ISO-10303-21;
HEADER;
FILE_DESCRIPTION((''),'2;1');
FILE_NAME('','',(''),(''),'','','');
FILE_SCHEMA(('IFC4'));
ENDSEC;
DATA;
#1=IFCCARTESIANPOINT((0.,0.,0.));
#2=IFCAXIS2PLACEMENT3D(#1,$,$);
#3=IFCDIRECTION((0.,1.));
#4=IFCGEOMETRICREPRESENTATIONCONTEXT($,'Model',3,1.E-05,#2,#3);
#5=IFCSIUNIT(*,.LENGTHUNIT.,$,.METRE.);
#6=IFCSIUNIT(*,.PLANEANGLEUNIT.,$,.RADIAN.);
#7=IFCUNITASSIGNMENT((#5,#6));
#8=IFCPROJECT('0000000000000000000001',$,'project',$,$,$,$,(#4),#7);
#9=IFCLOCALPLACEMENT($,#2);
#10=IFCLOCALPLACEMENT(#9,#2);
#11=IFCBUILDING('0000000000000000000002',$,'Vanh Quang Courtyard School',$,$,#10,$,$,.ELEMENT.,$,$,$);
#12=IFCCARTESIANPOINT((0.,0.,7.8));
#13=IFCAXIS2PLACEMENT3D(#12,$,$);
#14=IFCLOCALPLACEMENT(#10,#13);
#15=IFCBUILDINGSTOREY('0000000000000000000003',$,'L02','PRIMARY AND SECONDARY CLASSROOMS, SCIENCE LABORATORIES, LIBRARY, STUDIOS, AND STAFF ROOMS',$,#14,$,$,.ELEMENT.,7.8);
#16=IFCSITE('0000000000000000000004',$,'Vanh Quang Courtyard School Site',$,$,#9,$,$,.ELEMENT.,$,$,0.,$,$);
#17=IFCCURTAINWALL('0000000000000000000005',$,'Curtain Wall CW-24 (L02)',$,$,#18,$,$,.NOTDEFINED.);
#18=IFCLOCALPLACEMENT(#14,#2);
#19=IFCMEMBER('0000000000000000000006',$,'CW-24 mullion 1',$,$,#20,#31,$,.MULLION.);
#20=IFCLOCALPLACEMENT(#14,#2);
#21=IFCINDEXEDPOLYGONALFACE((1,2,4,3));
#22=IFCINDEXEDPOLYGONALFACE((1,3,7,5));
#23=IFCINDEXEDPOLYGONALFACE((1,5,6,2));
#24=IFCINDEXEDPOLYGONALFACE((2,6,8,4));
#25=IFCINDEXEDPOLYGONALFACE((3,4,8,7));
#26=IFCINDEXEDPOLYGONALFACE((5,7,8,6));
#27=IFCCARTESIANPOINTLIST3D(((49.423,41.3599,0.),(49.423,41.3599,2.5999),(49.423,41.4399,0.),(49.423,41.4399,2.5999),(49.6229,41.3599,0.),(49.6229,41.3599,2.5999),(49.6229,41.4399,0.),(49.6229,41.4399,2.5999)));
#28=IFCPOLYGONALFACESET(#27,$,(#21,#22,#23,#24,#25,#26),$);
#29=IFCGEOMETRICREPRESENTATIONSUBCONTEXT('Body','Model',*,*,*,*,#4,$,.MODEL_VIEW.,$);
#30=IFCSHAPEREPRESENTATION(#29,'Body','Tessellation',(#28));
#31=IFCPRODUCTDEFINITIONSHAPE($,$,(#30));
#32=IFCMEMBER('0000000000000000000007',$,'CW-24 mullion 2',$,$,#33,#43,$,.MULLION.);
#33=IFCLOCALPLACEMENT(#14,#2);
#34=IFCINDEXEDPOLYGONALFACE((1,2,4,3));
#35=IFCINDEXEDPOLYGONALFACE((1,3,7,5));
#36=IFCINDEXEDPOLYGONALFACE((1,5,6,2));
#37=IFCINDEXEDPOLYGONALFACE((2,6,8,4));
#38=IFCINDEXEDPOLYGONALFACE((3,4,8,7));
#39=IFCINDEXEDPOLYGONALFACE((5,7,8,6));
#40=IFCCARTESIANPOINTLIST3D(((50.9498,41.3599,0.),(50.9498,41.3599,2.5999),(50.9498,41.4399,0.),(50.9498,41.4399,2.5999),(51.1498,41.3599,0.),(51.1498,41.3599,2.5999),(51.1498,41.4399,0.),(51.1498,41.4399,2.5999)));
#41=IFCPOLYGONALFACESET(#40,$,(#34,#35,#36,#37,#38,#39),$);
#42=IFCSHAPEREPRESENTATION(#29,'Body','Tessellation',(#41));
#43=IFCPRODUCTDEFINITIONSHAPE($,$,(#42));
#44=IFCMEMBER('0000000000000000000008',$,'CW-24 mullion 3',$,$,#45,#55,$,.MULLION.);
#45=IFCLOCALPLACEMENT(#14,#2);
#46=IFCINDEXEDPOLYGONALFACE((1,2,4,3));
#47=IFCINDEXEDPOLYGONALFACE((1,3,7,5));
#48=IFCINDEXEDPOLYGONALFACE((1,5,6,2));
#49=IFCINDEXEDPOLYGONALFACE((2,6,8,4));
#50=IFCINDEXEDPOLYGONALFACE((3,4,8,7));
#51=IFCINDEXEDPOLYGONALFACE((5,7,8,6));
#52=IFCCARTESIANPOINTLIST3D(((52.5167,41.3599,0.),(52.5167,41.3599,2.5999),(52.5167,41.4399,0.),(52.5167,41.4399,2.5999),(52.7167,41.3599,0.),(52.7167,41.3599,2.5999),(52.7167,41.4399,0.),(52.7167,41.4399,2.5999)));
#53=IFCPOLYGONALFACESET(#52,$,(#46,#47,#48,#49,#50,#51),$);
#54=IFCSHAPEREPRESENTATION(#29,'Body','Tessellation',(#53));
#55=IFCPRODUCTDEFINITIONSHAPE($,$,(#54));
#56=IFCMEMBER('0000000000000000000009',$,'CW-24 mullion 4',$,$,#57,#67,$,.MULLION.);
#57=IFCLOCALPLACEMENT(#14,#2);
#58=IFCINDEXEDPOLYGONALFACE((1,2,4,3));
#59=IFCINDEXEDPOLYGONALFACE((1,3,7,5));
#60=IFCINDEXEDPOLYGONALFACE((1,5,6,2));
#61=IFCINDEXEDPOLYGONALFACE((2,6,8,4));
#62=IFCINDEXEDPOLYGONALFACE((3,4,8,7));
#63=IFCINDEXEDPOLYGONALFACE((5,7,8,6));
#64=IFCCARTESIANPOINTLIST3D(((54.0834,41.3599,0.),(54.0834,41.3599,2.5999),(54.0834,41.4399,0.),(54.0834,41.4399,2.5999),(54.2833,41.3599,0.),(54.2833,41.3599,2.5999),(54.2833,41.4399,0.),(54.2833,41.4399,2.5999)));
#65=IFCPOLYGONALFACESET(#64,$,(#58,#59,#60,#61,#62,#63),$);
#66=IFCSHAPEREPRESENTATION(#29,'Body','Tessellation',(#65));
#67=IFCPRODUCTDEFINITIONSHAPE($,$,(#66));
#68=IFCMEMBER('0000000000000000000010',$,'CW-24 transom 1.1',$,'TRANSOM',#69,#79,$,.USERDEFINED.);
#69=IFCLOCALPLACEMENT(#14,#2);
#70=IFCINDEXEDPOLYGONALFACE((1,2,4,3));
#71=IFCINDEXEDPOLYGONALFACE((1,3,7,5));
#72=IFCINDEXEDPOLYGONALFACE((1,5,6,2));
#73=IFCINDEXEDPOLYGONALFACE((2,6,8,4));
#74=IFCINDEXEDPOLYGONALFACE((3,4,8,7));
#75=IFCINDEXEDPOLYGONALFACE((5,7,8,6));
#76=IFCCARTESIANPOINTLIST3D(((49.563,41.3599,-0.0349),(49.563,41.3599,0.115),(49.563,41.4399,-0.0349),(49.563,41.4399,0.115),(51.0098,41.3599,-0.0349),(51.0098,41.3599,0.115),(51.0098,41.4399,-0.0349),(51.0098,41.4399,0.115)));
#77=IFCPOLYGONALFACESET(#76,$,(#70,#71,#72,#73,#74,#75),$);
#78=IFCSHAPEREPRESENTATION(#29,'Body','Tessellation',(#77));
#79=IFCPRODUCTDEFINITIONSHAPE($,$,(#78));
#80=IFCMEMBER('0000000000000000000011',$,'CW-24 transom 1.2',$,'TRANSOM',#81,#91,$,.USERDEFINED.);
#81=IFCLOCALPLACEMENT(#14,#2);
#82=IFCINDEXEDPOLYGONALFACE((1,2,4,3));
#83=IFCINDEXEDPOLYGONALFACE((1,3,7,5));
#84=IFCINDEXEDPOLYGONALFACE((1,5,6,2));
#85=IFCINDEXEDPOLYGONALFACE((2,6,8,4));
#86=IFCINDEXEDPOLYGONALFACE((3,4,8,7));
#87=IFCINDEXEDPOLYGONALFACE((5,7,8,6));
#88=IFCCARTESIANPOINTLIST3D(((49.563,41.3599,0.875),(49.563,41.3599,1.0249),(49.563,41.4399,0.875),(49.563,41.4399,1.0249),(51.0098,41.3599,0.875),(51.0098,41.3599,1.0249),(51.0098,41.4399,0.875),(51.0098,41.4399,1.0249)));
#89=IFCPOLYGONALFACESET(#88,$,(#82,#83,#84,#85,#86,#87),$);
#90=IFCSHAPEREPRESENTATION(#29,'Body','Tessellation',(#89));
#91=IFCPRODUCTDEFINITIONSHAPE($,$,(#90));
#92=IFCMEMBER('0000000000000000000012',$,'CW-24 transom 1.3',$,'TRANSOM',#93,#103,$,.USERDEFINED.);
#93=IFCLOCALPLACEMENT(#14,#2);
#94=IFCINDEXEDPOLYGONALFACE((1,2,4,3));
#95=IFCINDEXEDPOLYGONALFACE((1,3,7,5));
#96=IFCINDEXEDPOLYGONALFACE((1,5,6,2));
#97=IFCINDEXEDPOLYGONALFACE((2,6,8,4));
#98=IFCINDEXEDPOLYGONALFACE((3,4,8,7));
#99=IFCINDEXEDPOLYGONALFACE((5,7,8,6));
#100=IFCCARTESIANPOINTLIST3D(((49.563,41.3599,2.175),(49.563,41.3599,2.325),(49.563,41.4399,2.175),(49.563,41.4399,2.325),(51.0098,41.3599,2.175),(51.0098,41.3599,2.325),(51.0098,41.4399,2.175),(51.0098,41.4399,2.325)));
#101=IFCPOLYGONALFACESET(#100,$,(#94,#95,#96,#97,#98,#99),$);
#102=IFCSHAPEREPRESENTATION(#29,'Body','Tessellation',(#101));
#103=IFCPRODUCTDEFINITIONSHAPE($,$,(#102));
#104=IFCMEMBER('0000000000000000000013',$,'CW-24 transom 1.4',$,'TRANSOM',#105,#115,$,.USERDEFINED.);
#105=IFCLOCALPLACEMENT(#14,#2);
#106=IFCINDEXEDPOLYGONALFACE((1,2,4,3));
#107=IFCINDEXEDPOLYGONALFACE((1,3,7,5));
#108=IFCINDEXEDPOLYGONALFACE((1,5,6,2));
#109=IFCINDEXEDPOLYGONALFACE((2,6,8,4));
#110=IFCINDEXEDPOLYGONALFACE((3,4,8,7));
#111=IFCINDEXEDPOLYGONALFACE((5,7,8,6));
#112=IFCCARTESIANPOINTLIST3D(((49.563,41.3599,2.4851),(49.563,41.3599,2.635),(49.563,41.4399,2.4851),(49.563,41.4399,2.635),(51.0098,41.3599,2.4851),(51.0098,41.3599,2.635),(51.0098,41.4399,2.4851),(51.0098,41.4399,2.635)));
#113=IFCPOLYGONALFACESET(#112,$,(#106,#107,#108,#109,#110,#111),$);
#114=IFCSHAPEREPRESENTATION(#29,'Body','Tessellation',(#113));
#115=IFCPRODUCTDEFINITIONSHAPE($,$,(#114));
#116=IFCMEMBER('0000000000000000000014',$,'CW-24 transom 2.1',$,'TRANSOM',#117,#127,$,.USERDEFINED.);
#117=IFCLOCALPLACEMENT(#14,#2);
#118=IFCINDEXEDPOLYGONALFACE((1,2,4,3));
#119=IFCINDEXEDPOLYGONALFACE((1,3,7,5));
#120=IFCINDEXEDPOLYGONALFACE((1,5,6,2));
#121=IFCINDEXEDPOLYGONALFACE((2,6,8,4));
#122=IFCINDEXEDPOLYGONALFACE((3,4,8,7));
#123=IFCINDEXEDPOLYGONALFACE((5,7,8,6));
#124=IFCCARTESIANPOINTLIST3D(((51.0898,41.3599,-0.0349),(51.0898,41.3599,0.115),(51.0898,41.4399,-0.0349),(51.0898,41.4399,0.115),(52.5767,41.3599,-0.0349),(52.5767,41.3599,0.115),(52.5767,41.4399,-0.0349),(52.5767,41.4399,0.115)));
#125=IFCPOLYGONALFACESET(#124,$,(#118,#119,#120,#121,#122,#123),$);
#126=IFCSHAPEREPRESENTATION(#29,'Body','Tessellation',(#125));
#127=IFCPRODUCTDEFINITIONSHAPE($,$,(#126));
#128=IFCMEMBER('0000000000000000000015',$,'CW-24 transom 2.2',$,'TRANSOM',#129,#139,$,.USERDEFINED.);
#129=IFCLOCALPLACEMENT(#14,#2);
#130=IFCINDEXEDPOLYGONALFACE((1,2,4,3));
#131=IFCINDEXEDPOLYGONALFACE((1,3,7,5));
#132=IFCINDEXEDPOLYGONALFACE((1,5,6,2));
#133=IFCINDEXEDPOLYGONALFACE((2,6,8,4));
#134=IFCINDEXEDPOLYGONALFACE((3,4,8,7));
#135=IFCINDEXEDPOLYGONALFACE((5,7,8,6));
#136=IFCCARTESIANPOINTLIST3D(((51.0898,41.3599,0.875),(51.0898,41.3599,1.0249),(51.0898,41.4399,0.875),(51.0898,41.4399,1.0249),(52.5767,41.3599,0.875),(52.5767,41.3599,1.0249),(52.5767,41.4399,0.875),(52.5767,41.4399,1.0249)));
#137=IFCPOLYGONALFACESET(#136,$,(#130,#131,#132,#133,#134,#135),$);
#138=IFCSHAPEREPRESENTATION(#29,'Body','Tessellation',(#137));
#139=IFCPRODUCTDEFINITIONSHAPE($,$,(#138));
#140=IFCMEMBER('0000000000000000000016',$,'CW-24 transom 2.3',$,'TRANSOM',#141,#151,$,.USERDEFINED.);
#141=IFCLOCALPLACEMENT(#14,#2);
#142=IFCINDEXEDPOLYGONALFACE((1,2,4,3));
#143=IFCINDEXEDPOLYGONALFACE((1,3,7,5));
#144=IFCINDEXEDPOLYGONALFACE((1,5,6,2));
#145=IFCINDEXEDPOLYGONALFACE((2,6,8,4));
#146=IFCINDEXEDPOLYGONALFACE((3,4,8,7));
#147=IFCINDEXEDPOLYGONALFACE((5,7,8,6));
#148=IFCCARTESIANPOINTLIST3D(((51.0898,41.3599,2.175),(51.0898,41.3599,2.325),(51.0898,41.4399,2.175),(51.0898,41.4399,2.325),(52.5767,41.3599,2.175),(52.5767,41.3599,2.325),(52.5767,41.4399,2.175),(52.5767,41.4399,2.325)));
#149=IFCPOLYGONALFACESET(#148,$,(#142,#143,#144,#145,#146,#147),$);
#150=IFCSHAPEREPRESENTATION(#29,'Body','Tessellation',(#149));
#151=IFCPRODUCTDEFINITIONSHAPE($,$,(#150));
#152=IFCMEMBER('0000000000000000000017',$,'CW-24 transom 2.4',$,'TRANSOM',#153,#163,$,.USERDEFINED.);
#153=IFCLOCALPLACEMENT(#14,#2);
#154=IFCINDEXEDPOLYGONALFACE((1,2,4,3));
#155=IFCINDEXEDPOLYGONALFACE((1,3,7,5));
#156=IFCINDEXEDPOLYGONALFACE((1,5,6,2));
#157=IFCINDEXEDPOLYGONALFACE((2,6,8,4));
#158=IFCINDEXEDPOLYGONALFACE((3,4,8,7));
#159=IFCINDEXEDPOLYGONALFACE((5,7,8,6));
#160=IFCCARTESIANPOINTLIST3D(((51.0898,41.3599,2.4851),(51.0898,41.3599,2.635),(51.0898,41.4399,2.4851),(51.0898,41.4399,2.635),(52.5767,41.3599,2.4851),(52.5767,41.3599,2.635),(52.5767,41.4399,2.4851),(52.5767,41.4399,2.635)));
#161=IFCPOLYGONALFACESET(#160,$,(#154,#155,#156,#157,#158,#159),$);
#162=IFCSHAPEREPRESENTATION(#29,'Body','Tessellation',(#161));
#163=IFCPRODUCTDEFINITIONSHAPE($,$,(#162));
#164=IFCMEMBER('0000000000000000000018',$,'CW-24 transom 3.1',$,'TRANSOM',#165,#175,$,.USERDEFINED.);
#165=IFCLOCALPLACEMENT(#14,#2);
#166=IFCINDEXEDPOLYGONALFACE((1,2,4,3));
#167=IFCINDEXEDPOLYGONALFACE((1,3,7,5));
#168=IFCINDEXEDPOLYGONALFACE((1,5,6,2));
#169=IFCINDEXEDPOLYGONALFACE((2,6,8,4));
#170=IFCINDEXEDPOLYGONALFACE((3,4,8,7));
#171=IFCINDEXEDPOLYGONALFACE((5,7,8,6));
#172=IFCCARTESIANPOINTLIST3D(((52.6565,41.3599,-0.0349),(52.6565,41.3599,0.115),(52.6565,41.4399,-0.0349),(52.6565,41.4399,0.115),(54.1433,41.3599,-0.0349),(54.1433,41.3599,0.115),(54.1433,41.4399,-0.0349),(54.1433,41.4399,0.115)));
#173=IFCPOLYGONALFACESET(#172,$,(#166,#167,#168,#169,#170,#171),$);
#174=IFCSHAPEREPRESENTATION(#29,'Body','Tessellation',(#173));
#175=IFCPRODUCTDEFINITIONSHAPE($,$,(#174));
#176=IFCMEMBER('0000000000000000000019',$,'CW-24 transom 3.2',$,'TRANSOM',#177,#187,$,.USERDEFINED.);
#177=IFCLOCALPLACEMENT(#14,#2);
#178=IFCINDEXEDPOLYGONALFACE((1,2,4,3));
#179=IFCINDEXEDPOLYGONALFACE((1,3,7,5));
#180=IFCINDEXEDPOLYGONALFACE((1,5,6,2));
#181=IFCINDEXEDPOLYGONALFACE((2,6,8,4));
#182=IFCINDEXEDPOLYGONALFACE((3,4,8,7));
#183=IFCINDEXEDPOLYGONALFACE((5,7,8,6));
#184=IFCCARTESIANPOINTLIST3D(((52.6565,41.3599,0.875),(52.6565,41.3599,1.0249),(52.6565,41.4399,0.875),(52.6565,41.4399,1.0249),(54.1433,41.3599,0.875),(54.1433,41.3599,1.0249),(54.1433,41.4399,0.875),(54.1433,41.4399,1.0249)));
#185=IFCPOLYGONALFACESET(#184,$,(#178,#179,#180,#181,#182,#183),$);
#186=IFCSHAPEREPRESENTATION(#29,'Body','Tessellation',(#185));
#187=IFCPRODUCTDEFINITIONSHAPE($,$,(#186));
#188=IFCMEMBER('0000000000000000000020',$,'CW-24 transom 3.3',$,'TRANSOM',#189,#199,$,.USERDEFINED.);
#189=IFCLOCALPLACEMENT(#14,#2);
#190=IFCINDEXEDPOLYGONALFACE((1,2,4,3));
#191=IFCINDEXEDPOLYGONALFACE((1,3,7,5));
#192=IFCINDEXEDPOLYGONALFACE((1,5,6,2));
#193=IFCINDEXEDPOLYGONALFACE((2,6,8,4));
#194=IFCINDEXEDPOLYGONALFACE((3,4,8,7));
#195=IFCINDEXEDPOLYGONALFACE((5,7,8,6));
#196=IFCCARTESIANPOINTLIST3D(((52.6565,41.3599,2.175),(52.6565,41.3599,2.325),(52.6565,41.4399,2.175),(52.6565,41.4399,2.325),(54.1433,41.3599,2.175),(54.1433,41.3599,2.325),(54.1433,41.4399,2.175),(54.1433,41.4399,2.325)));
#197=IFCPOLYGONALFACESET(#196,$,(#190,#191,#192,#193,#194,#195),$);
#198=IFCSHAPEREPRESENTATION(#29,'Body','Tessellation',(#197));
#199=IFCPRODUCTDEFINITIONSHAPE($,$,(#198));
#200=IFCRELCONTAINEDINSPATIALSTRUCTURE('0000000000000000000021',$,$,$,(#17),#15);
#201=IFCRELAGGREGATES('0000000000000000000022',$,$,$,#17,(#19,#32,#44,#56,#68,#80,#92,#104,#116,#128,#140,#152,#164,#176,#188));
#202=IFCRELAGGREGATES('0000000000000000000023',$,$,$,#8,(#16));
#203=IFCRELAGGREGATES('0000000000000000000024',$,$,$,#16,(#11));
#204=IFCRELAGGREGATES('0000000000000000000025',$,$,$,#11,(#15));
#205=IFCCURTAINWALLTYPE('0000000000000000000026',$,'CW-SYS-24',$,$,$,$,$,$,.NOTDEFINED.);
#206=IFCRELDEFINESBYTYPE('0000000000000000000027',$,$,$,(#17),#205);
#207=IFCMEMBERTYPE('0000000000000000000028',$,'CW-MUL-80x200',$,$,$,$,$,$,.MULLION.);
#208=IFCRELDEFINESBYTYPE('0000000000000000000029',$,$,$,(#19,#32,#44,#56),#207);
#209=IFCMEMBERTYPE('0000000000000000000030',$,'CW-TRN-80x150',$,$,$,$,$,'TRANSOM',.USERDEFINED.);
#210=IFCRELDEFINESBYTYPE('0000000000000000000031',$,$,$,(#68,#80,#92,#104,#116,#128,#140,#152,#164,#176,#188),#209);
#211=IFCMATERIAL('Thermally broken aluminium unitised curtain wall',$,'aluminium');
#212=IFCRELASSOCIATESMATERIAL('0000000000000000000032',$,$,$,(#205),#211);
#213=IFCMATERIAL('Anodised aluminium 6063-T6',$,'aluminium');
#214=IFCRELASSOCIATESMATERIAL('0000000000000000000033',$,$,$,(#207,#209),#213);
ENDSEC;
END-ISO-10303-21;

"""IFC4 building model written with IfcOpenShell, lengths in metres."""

from ifc_helpers import new_model, si_unit, direction, frame, origin, origin_2d, place, context, subcontext, project, spatial, rectangle, extrude, material, material_profile, profile_set, type_object, element, aggregate, save


model = new_model("IFC4")

# Units and contexts
model_context = context("Model", 3, precision=1e-05, world=origin(), true_north=direction((0.0, 1.0)))
body_context = subcontext(model_context, "Body", "Model", "MODEL_VIEW")
ifc_project = project(units=[si_unit("LENGTHUNIT", "METRE"), si_unit("PLANEANGLEUNIT", "RADIAN")], contexts=[model_context])

# Site, building, storey
site_placement = place(None, origin())
site = spatial("IfcSite", under=ifc_project, at=site_placement, Name="Vanh Quang Courtyard School Site", CompositionType="ELEMENT", RefElevation=0.0)
building_placement = place(site_placement, origin())
building = spatial("IfcBuilding", under=site, at=building_placement, Name="Vanh Quang Courtyard School", CompositionType="ELEMENT")
storey_placement = place(building_placement, frame((0.0, 0.0, 7.8)))
storey = spatial("IfcBuildingStorey", under=building, at=storey_placement, Name="L02", Description="PRIMARY AND SECONDARY CLASSROOMS, SCIENCE LABORATORIES, LIBRARY, STUDIOS, AND STAFF ROOMS", CompositionType="ELEMENT", Elevation=7.8)

# Curtain wall, members
ifc_material_1 = material(Name="Thermally broken aluminium unitised curtain wall", Category="aluminium")
curtain_wall_type = type_object("IfcCurtainWallType", Name="CW-SYS-24", PredefinedType="NOTDEFINED", material=ifc_material_1)
curtain_wall_placement = place(storey_placement, origin())
curtain_wall = element("IfcCurtainWall", 1, at=curtain_wall_placement, inside=storey, type_object=curtain_wall_type, Name="Curtain Wall CW-24 (L02)", PredefinedType="NOTDEFINED")
ifc_material_2 = material(Name="Anodised aluminium 6063-T6", Category="aluminium")
ifc_material_profile_1 = material_profile(ifc_material_2, rectangle(XDim=0.0801, YDim=0.2, at=origin_2d()), Name="ALU-MUL 80x200")
ifc_profile_set_1 = profile_set([ifc_material_profile_1], Name="Anodised aluminium 6063-T6")
member_type_1 = type_object("IfcMemberType", Name="CW-MUL-80x200", PredefinedType="MULLION", material=ifc_profile_set_1)
member_1_placement = place(storey_placement, frame((49.5229, 41.3999, 0.0), z_axis=(0.0, 0.0, 1.0), x_axis=(0.0, 1.0, 0.0)))
member_1 = element("IfcMember", 2, at=member_1_placement, type_object=member_type_1, Name="CW-24 mullion 1", PredefinedType="MULLION", context=body_context, shape_type="SweptSolid", body=[
    extrude(rectangle(XDim=0.0801, YDim=0.2, at=origin_2d()), origin(), (0.0, 0.0, 1.0), 2.5999),
])
member_2_placement = place(storey_placement, frame((51.0498, 41.3999, 0.0), z_axis=(0.0, 0.0, 1.0), x_axis=(0.0, 1.0, 0.0)))
member_2 = element("IfcMember", 3, at=member_2_placement, type_object=member_type_1, Name="CW-24 mullion 2", PredefinedType="MULLION", context=body_context, shape_type="SweptSolid", body=[
    extrude(rectangle(XDim=0.0801, YDim=0.2, at=origin_2d()), origin(), (0.0, 0.0, 1.0), 2.5999),
])
member_3_placement = place(storey_placement, frame((52.6167, 41.3999, 0.0), z_axis=(0.0, 0.0, 1.0), x_axis=(0.0, 1.0, 0.0)))
member_3 = element("IfcMember", 4, at=member_3_placement, type_object=member_type_1, Name="CW-24 mullion 3", PredefinedType="MULLION", context=body_context, shape_type="SweptSolid", body=[
    extrude(rectangle(XDim=0.0801, YDim=0.2, at=origin_2d()), origin(), (0.0, 0.0, 1.0), 2.5999),
])
member_4_placement = place(storey_placement, frame((54.1833, 41.3999, 0.0), z_axis=(0.0, 0.0, 1.0), x_axis=(0.0, 1.0, 0.0)))
member_4 = element("IfcMember", 5, at=member_4_placement, type_object=member_type_1, Name="CW-24 mullion 4", PredefinedType="MULLION", context=body_context, shape_type="SweptSolid", body=[
    extrude(rectangle(XDim=0.0801, YDim=0.2, at=origin_2d()), origin(), (0.0, 0.0, 1.0), 2.5999),
])
ifc_material_profile_2 = material_profile(ifc_material_2, rectangle(XDim=0.0801, YDim=0.1499, at=origin_2d()), Name="ALU-TRN 80x150")
ifc_profile_set_2 = profile_set([ifc_material_profile_2], Name="Anodised aluminium 6063-T6")
member_type_2 = type_object("IfcMemberType", Name="CW-TRN-80x150", ElementType="TRANSOM", PredefinedType="USERDEFINED", material=ifc_profile_set_2)
member_5_placement = place(storey_placement, frame((49.563, 41.3999, 0.04), z_axis=(1.0, 0.0, 0.0), x_axis=(0.0, 1.0, 0.0)))
member_5 = element("IfcMember", 6, at=member_5_placement, type_object=member_type_2, Name="CW-24 transom 1.1", ObjectType="TRANSOM", PredefinedType="USERDEFINED", context=body_context, shape_type="SweptSolid", body=[
    extrude(rectangle(XDim=0.0801, YDim=0.1499, at=origin_2d()), origin(), (0.0, 0.0, 1.0), 1.4468),
])
member_6_placement = place(storey_placement, frame((49.563, 41.3999, 0.95), z_axis=(1.0, 0.0, 0.0), x_axis=(0.0, 1.0, 0.0)))
member_6 = element("IfcMember", 7, at=member_6_placement, type_object=member_type_2, Name="CW-24 transom 1.2", ObjectType="TRANSOM", PredefinedType="USERDEFINED", context=body_context, shape_type="SweptSolid", body=[
    extrude(rectangle(XDim=0.0801, YDim=0.1499, at=origin_2d()), origin(), (0.0, 0.0, 1.0), 1.4468),
])
member_7_placement = place(storey_placement, frame((49.563, 41.3999, 2.25), z_axis=(1.0, 0.0, 0.0), x_axis=(0.0, 1.0, 0.0)))
member_7 = element("IfcMember", 8, at=member_7_placement, type_object=member_type_2, Name="CW-24 transom 1.3", ObjectType="TRANSOM", PredefinedType="USERDEFINED", context=body_context, shape_type="SweptSolid", body=[
    extrude(rectangle(XDim=0.0801, YDim=0.1499, at=origin_2d()), origin(), (0.0, 0.0, 1.0), 1.4468),
])
member_8_placement = place(storey_placement, frame((49.563, 41.3999, 2.5601), z_axis=(1.0, 0.0, 0.0), x_axis=(0.0, 1.0, 0.0)))
member_8 = element("IfcMember", 9, at=member_8_placement, type_object=member_type_2, Name="CW-24 transom 1.4", ObjectType="TRANSOM", PredefinedType="USERDEFINED", context=body_context, shape_type="SweptSolid", body=[
    extrude(rectangle(XDim=0.0801, YDim=0.1499, at=origin_2d()), origin(), (0.0, 0.0, 1.0), 1.4468),
])
member_9_placement = place(storey_placement, frame((51.0898, 41.3999, 0.04), z_axis=(1.0, 0.0, 0.0), x_axis=(0.0, 1.0, 0.0)))
member_9 = element("IfcMember", 10, at=member_9_placement, type_object=member_type_2, Name="CW-24 transom 2.1", ObjectType="TRANSOM", PredefinedType="USERDEFINED", context=body_context, shape_type="SweptSolid", body=[
    extrude(rectangle(XDim=0.0801, YDim=0.1499, at=origin_2d()), origin(), (0.0, 0.0, 1.0), 1.4868),
])
member_10_placement = place(storey_placement, frame((51.0898, 41.3999, 0.95), z_axis=(1.0, 0.0, 0.0), x_axis=(0.0, 1.0, 0.0)))
member_10 = element("IfcMember", 11, at=member_10_placement, type_object=member_type_2, Name="CW-24 transom 2.2", ObjectType="TRANSOM", PredefinedType="USERDEFINED", context=body_context, shape_type="SweptSolid", body=[
    extrude(rectangle(XDim=0.0801, YDim=0.1499, at=origin_2d()), origin(), (0.0, 0.0, 1.0), 1.4868),
])
member_11_placement = place(storey_placement, frame((51.0898, 41.3999, 2.25), z_axis=(1.0, 0.0, 0.0), x_axis=(0.0, 1.0, 0.0)))
member_11 = element("IfcMember", 12, at=member_11_placement, type_object=member_type_2, Name="CW-24 transom 2.3", ObjectType="TRANSOM", PredefinedType="USERDEFINED", context=body_context, shape_type="SweptSolid", body=[
    extrude(rectangle(XDim=0.0801, YDim=0.1499, at=origin_2d()), origin(), (0.0, 0.0, 1.0), 1.4868),
])
member_12_placement = place(storey_placement, frame((51.0898, 41.3999, 2.5601), z_axis=(1.0, 0.0, 0.0), x_axis=(0.0, 1.0, 0.0)))
member_12 = element("IfcMember", 13, at=member_12_placement, type_object=member_type_2, Name="CW-24 transom 2.4", ObjectType="TRANSOM", PredefinedType="USERDEFINED", context=body_context, shape_type="SweptSolid", body=[
    extrude(rectangle(XDim=0.0801, YDim=0.1499, at=origin_2d()), origin(), (0.0, 0.0, 1.0), 1.4868),
])
member_13_placement = place(storey_placement, frame((52.6565, 41.3999, 0.04), z_axis=(1.0, 0.0, 0.0), x_axis=(0.0, 1.0, 0.0)))
member_13 = element("IfcMember", 14, at=member_13_placement, type_object=member_type_2, Name="CW-24 transom 3.1", ObjectType="TRANSOM", PredefinedType="USERDEFINED", context=body_context, shape_type="SweptSolid", body=[
    extrude(rectangle(XDim=0.0801, YDim=0.1499, at=origin_2d()), origin(), (0.0, 0.0, 1.0), 1.4868),
])
member_14_placement = place(storey_placement, frame((52.6565, 41.3999, 0.95), z_axis=(1.0, 0.0, 0.0), x_axis=(0.0, 1.0, 0.0)))
member_14 = element("IfcMember", 15, at=member_14_placement, type_object=member_type_2, Name="CW-24 transom 3.2", ObjectType="TRANSOM", PredefinedType="USERDEFINED", context=body_context, shape_type="SweptSolid", body=[
    extrude(rectangle(XDim=0.0801, YDim=0.1499, at=origin_2d()), origin(), (0.0, 0.0, 1.0), 1.4868),
])
member_15_placement = place(storey_placement, frame((52.6565, 41.3999, 2.25), z_axis=(1.0, 0.0, 0.0), x_axis=(0.0, 1.0, 0.0)))
member_15 = element("IfcMember", 16, at=member_15_placement, type_object=member_type_2, Name="CW-24 transom 3.3", ObjectType="TRANSOM", PredefinedType="USERDEFINED", context=body_context, shape_type="SweptSolid", body=[
    extrude(rectangle(XDim=0.0801, YDim=0.1499, at=origin_2d()), origin(), (0.0, 0.0, 1.0), 1.4868),
])
aggregate(curtain_wall, [member_1, member_2, member_3, member_4, member_5, member_6, member_7, member_8, member_9, member_10, member_11, member_12, member_13, member_14, member_15])

save(model, "model.ifc")
